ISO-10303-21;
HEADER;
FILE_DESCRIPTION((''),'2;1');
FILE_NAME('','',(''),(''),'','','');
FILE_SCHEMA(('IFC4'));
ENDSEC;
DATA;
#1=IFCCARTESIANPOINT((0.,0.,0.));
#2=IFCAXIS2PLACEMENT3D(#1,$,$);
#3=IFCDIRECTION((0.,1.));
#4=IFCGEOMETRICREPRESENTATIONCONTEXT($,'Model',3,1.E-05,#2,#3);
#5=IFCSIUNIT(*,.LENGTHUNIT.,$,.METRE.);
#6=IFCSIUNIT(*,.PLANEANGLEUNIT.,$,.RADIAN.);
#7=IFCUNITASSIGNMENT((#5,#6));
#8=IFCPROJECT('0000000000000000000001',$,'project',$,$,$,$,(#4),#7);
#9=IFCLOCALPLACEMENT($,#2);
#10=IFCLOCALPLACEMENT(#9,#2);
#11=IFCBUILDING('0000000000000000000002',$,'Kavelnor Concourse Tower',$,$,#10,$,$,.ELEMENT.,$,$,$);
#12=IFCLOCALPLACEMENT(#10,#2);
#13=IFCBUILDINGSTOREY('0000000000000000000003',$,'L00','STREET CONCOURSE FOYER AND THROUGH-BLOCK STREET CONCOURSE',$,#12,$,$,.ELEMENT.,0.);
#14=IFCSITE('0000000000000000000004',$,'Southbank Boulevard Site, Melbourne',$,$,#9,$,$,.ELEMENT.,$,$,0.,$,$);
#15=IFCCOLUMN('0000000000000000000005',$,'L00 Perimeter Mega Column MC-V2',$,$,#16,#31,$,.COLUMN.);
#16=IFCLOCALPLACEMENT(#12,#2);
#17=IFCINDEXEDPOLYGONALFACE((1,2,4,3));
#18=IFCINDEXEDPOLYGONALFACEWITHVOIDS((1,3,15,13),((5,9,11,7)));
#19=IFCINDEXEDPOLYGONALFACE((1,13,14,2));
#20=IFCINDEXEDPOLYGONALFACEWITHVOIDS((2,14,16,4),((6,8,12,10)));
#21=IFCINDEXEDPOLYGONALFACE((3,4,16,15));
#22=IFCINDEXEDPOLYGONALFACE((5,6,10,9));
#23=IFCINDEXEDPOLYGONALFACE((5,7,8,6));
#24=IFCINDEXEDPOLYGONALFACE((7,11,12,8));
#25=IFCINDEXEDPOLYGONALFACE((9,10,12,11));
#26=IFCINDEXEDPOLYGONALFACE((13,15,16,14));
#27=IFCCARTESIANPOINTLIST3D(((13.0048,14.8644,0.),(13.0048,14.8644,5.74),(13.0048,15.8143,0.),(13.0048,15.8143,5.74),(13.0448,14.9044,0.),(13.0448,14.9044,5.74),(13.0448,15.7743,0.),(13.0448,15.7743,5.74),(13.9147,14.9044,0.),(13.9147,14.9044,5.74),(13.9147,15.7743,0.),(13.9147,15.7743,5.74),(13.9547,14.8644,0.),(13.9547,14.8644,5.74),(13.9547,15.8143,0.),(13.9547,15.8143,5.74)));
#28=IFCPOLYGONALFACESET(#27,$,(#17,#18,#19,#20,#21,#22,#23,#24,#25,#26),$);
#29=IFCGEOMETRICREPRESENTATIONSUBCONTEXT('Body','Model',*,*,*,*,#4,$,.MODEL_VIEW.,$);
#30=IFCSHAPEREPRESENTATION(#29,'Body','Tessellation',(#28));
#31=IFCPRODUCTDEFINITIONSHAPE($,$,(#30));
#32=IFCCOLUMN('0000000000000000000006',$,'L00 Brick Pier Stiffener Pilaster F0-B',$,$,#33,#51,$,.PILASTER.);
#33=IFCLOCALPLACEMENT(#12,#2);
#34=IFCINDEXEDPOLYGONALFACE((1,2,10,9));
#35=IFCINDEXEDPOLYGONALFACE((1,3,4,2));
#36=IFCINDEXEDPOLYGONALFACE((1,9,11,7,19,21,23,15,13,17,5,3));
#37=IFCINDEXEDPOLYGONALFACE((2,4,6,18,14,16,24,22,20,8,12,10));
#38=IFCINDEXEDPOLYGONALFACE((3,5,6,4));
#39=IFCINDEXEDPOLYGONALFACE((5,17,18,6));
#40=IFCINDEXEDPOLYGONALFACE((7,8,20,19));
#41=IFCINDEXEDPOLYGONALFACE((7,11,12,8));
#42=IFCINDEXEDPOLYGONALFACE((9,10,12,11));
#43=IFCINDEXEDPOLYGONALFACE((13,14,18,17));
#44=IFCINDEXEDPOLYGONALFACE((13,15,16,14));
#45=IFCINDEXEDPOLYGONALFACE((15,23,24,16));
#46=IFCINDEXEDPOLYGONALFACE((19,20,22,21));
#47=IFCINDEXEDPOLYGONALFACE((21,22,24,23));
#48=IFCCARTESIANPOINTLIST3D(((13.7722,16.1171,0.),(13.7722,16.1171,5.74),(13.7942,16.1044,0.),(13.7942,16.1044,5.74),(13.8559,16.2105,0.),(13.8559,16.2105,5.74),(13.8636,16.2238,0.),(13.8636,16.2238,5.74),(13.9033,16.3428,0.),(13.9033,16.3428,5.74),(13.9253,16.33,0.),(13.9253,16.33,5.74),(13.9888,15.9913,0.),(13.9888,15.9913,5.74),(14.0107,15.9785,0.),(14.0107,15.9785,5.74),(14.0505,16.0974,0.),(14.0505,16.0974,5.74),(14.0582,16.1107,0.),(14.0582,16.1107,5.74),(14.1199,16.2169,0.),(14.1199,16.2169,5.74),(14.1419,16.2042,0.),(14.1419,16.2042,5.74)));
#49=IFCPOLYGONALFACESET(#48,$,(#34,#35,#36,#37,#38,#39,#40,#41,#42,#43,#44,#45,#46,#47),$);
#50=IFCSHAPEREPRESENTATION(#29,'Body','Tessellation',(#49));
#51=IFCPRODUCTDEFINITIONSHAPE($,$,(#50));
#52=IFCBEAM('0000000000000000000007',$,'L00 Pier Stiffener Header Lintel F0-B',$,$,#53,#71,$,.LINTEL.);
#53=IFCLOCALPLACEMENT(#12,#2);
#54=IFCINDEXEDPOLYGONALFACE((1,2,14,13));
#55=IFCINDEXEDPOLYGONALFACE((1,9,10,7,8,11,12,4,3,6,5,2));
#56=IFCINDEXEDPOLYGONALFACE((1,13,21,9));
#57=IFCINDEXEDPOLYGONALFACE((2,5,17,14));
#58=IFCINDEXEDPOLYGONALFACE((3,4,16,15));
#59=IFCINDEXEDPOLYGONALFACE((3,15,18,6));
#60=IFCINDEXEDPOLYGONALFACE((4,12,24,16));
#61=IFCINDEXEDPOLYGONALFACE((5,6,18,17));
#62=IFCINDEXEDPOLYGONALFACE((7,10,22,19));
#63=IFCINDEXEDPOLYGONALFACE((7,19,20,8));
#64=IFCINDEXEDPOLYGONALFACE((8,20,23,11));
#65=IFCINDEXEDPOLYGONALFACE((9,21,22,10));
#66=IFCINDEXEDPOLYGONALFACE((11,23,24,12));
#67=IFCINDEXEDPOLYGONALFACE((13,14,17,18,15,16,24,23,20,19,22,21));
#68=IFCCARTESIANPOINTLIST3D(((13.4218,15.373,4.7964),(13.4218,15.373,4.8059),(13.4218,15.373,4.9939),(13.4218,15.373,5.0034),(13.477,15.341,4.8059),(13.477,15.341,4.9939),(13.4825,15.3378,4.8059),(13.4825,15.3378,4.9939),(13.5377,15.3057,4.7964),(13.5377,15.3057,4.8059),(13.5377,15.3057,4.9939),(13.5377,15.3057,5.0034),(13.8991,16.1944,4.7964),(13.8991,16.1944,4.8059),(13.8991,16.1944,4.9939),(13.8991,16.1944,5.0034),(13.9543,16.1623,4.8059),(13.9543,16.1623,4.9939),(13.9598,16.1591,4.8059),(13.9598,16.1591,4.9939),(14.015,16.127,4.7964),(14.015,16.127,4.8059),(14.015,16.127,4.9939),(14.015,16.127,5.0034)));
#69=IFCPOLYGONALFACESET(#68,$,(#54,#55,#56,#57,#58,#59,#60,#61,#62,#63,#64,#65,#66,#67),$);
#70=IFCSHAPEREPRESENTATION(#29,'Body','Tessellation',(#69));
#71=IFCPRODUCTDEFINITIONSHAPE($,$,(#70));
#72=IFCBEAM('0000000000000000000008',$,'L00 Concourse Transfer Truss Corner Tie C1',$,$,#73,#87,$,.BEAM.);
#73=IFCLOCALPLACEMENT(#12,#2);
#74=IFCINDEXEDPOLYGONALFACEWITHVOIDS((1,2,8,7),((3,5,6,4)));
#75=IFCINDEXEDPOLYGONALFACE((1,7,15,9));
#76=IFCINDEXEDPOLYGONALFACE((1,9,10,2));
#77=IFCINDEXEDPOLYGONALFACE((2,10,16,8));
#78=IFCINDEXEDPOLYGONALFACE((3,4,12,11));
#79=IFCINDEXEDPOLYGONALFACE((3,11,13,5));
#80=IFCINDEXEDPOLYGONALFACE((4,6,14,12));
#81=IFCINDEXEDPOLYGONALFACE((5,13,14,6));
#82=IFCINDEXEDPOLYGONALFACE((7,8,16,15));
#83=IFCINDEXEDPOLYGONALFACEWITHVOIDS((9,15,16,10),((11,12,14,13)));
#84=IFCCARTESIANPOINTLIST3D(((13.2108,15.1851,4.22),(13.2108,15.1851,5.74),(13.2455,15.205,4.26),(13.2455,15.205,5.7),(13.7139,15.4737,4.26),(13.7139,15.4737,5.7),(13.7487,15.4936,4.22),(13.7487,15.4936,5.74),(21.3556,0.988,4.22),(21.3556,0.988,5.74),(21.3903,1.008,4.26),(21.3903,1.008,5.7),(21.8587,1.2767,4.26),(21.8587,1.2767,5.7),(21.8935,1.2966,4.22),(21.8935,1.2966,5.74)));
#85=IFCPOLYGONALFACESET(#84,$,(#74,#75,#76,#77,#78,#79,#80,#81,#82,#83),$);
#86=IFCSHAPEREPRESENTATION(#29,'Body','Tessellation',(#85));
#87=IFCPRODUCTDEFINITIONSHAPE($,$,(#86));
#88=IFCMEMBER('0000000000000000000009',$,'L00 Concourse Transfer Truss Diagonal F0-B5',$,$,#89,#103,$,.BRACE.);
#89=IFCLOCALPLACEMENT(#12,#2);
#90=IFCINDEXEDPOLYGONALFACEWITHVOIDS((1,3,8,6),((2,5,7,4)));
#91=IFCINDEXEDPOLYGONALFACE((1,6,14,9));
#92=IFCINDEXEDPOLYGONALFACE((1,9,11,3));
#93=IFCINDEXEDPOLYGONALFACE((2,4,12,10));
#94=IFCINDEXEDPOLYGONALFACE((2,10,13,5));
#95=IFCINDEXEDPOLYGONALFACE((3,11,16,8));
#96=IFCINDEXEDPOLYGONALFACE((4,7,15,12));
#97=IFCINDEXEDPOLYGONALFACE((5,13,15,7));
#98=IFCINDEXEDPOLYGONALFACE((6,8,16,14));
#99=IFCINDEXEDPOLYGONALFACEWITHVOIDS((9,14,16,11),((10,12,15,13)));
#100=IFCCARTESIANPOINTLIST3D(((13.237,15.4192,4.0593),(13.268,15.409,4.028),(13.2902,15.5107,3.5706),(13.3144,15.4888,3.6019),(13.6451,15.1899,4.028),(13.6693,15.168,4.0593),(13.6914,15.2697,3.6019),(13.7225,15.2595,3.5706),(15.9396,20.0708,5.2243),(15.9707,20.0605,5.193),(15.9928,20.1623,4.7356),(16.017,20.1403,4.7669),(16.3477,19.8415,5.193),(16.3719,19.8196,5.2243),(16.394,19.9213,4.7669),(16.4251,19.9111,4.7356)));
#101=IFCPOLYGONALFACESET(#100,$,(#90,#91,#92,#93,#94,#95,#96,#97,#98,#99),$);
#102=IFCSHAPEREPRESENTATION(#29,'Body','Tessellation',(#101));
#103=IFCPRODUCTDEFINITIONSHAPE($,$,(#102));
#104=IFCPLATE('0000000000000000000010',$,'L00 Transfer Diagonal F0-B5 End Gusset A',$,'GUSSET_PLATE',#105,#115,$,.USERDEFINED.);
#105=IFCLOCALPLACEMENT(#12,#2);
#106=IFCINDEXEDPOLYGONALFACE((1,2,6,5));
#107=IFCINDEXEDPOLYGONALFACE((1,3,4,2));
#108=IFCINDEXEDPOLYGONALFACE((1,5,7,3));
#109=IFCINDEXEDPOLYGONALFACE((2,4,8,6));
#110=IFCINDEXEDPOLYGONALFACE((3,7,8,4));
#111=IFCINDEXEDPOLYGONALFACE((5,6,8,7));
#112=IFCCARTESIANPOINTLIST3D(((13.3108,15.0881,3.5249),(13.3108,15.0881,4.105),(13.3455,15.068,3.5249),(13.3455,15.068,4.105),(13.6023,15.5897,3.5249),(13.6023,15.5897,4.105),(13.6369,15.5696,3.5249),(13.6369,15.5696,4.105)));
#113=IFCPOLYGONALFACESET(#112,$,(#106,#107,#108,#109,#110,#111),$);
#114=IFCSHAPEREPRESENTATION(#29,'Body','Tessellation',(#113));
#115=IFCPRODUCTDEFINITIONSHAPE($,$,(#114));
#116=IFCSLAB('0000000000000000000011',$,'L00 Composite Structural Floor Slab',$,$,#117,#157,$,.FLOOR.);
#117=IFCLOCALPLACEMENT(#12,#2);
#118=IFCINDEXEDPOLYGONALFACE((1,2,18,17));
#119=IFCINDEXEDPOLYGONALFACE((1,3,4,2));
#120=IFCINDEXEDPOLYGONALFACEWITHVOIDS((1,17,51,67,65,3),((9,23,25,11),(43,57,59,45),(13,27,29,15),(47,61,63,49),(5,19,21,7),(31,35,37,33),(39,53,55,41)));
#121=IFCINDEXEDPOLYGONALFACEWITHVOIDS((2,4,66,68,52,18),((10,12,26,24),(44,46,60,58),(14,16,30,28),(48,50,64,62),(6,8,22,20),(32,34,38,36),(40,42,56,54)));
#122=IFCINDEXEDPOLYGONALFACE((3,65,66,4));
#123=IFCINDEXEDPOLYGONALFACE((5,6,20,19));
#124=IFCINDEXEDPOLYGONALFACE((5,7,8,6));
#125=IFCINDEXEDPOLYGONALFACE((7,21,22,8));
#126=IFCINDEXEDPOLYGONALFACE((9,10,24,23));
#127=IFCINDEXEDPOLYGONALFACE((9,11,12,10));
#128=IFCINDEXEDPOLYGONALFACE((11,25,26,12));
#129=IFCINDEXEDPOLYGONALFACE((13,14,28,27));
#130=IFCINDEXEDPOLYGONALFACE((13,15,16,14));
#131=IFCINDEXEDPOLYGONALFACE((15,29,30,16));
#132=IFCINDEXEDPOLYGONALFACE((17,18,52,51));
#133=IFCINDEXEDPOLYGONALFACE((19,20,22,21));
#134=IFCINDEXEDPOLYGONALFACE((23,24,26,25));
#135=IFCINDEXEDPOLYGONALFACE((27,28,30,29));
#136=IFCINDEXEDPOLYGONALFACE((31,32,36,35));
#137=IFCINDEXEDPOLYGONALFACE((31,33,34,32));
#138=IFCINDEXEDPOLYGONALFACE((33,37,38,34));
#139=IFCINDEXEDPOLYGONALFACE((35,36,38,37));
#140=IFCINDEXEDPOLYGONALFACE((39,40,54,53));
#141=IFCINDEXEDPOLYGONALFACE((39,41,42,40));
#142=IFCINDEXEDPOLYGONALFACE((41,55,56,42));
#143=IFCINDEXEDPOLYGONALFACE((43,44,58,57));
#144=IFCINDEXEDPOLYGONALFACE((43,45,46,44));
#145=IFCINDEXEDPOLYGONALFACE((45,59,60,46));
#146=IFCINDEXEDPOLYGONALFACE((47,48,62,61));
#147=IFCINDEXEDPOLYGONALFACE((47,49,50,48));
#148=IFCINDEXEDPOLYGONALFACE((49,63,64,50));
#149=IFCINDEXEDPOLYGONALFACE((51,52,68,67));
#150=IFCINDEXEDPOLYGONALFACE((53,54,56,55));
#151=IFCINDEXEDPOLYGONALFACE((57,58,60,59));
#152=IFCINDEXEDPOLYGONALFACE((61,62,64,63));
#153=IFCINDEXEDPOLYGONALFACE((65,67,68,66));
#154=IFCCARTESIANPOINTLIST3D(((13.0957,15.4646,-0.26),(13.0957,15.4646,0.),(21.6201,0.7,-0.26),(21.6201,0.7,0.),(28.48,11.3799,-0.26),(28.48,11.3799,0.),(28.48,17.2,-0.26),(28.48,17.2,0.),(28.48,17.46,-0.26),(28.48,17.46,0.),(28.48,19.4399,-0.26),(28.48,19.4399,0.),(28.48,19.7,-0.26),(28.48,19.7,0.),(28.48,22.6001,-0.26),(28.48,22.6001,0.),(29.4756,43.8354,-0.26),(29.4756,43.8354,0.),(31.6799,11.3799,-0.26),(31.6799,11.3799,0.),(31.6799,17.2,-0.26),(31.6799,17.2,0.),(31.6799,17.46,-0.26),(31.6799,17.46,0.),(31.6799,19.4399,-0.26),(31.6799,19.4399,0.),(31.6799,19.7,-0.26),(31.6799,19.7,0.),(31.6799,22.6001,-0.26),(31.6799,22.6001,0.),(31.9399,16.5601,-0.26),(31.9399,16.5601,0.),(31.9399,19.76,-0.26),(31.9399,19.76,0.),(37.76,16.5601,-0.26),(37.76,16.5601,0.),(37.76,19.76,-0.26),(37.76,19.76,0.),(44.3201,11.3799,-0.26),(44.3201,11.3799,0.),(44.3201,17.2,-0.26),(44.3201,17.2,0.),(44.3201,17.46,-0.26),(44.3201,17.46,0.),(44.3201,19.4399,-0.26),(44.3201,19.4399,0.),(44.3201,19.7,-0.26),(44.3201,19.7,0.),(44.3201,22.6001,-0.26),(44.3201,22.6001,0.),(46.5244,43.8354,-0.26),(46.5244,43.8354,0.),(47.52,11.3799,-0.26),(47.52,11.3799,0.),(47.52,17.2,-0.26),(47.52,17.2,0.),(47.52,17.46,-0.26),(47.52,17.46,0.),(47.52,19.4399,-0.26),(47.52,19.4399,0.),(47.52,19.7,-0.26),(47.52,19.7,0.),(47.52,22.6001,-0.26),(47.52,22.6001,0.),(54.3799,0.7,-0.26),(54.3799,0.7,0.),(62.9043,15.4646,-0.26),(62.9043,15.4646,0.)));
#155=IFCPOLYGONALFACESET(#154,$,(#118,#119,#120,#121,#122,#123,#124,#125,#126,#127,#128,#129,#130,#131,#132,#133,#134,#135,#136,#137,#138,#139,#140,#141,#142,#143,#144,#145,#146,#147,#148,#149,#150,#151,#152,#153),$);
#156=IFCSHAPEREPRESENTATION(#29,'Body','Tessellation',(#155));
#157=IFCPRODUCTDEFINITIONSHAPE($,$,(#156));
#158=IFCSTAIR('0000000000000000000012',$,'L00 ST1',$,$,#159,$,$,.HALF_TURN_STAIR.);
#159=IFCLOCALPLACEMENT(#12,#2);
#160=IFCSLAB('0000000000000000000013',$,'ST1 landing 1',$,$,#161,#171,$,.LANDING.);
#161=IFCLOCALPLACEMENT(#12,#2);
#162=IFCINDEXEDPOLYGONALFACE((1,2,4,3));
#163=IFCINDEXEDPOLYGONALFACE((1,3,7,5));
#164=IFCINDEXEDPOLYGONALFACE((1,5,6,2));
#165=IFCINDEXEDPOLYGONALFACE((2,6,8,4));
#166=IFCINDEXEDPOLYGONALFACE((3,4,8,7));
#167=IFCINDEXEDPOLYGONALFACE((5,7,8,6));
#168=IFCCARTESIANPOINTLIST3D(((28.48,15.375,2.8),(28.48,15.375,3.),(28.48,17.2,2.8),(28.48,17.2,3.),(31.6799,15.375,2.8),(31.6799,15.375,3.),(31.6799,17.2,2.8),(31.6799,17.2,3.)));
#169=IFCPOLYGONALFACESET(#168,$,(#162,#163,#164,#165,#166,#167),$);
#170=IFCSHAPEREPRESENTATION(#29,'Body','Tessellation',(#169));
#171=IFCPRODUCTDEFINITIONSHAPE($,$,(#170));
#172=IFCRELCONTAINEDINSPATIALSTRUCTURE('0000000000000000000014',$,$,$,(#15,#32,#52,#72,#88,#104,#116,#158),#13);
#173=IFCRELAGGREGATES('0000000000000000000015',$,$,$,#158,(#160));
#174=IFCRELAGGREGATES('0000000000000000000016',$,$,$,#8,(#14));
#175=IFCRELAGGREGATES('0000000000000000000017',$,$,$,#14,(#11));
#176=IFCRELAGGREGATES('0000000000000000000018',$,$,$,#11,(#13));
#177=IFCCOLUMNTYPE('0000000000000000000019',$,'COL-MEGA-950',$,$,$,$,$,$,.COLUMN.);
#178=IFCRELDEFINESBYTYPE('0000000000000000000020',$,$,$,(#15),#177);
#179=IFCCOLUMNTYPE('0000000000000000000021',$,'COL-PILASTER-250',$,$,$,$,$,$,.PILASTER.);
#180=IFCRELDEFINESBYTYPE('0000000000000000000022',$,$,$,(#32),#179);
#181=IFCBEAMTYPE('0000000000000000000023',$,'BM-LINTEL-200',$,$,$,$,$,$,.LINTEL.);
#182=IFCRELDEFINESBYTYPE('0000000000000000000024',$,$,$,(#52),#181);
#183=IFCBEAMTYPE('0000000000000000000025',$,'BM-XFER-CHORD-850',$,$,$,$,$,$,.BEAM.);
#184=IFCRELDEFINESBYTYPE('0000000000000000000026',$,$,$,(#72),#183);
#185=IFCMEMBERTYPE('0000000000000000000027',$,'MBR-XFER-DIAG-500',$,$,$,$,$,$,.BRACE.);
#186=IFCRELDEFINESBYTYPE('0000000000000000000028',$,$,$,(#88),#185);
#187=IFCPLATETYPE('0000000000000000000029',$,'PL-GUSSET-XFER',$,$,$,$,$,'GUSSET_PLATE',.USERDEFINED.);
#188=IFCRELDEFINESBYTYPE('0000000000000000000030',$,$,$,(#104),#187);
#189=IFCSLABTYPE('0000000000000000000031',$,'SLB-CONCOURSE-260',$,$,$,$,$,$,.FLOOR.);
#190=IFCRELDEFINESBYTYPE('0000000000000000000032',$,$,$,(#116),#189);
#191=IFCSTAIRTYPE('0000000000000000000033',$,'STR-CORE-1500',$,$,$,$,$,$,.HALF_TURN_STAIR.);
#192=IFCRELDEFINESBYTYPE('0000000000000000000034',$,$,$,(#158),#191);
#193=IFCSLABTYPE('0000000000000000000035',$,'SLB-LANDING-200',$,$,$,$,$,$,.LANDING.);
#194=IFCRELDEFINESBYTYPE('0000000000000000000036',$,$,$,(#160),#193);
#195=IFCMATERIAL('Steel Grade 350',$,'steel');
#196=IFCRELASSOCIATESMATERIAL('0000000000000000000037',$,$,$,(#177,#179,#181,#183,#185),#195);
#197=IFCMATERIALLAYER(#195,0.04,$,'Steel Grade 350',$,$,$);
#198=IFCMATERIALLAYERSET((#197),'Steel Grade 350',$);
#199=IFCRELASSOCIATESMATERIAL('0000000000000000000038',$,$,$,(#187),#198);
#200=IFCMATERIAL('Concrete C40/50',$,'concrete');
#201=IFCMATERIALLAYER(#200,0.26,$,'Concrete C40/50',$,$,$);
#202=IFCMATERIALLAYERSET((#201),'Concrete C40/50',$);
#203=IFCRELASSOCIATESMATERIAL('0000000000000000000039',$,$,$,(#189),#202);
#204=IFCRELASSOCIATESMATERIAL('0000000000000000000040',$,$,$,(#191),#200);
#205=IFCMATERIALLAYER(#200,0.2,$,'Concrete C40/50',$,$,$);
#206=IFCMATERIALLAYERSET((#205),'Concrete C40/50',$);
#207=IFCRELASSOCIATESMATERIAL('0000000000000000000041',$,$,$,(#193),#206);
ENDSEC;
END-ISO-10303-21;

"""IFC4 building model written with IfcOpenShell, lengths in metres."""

from ifc_helpers import new_model, si_unit, direction, frame, origin, origin_2d, place, context, subcontext, project, spatial, polyline, rectangle, hollow_rectangle, i_section, outline, extrude, material, layer, layer_set, material_profile, profile_set, type_object, element, aggregate, save


model = new_model("IFC4")

# Units and contexts
model_context = context("Model", 3, precision=1e-05, world=origin(), true_north=direction((0.0, 1.0)))
body_context = subcontext(model_context, "Body", "Model", "MODEL_VIEW")
ifc_project = project(units=[si_unit("LENGTHUNIT", "METRE"), si_unit("PLANEANGLEUNIT", "RADIAN")], contexts=[model_context])

# Site, building, storey
site_placement = place(None, origin())
site = spatial("IfcSite", under=ifc_project, at=site_placement, Name="Southbank Boulevard Site, Melbourne", CompositionType="ELEMENT", RefElevation=0.0)
building_placement = place(site_placement, origin())
building = spatial("IfcBuilding", under=site, at=building_placement, Name="Kavelnor Concourse Tower", CompositionType="ELEMENT")
storey_placement = place(building_placement, origin())
storey = spatial("IfcBuildingStorey", under=building, at=storey_placement, Name="L00", Description="STREET CONCOURSE FOYER AND THROUGH-BLOCK STREET CONCOURSE", CompositionType="ELEMENT", Elevation=0.0)

# Columns
ifc_material_1 = material(Name="Steel Grade 350", Category="steel")
ifc_material_profile_1 = material_profile(ifc_material_1, hollow_rectangle(XDim=0.95, YDim=0.95, WallThickness=0.04, at=origin_2d()), Name="SHS 950x950x40")
ifc_profile_set_1 = profile_set([ifc_material_profile_1], Name="Steel Grade 350")
column_type_1 = type_object("IfcColumnType", Name="COL-MEGA-950", PredefinedType="COLUMN", material=ifc_profile_set_1)
column_1_placement = place(storey_placement, frame((13.4797, 15.3394, 0.0), z_axis=(0.0, 0.0, 1.0), x_axis=(1.0, 0.0, 0.0)))
element("IfcColumn", 1, at=column_1_placement, inside=storey, type_object=column_type_1, Name="L00 Perimeter Mega Column MC-V2", PredefinedType="COLUMN", context=body_context, shape_type="SweptSolid", body=[
    extrude(hollow_rectangle(XDim=0.95, YDim=0.95, WallThickness=0.04, at=origin_2d()), origin(), (0.0, 0.0, 1.0), 5.74),
])
ifc_material_profile_2 = material_profile(ifc_material_1, i_section(OverallWidth=0.261, OverallDepth=0.2759, WebThickness=0.0154, FlangeThickness=0.0254, at=origin_2d()), Name="UC 254x254x132")
ifc_profile_set_2 = profile_set([ifc_material_profile_2], Name="Steel Grade 350")
column_type_2 = type_object("IfcColumnType", Name="COL-PILASTER-250", PredefinedType="PILASTER", material=ifc_profile_set_2)
column_2_placement = place(storey_placement, frame((13.957, 16.1606, 0.0), z_axis=(0.0, 0.0, 1.0), x_axis=(-0.502416, -0.864626, 0.0)))
element("IfcColumn", 2, at=column_2_placement, inside=storey, type_object=column_type_2, Name="L00 Brick Pier Stiffener Pilaster F0-B", PredefinedType="PILASTER", context=body_context, shape_type="SweptSolid", body=[
    extrude(i_section(OverallWidth=0.261, OverallDepth=0.2759, WebThickness=0.0154, FlangeThickness=0.0254, at=origin_2d()), origin(), (0.0, 0.0, 1.0), 5.74),
])

# Beams
ifc_material_profile_3 = material_profile(ifc_material_1, i_section(OverallWidth=0.134, OverallDepth=0.207, WebThickness=0.0063, FlangeThickness=0.0095, at=origin_2d()), Name="200UB29")
ifc_profile_set_3 = profile_set([ifc_material_profile_3], Name="Steel Grade 350")
beam_type_1 = type_object("IfcBeamType", Name="BM-LINTEL-200", PredefinedType="LINTEL", material=ifc_profile_set_3)
beam_1_placement = place(storey_placement, frame((13.4797, 15.3394, 4.8999), z_axis=(0.502464, 0.864598, 0.0), x_axis=(-0.864598, 0.502464, 0.0)))
element("IfcBeam", 3, at=beam_1_placement, inside=storey, type_object=beam_type_1, Name="L00 Pier Stiffener Header Lintel F0-B", PredefinedType="LINTEL", context=body_context, shape_type="SweptSolid", body=[
    extrude(i_section(OverallWidth=0.134, OverallDepth=0.207, WebThickness=0.0063, FlangeThickness=0.0095, at=origin_2d()), origin(), (0.0, 0.0, 1.0), 0.95),
])
ifc_material_profile_4 = material_profile(ifc_material_1, hollow_rectangle(XDim=0.6201, YDim=1.52, WallThickness=0.04, at=origin_2d()), Name="RHS 1520x620x40")
ifc_profile_set_4 = profile_set([ifc_material_profile_4], Name="Steel Grade 350")
beam_type_2 = type_object("IfcBeamType", Name="BM-XFER-CHORD-850", PredefinedType="BEAM", material=ifc_profile_set_4)
beam_2_placement = place(storey_placement, frame((13.4797, 15.3394, 4.98), z_axis=(0.497621, -0.867395, 0.0), x_axis=(0.867395, 0.497621, 0.0)))
element("IfcBeam", 4, at=beam_2_placement, inside=storey, type_object=beam_type_2, Name="L00 Concourse Transfer Truss Corner Tie C1", PredefinedType="BEAM", context=body_context, shape_type="SweptSolid", body=[
    extrude(hollow_rectangle(XDim=0.6201, YDim=1.52, WallThickness=0.04, at=origin_2d()), origin(), (0.0, 0.0, 1.0), 16.3674),
])

# Member
ifc_material_profile_5 = material_profile(ifc_material_1, hollow_rectangle(XDim=0.5, YDim=0.5, WallThickness=0.032, at=origin_2d()), Name="SHS 500x500x32")
ifc_profile_set_5 = profile_set([ifc_material_profile_5], Name="Steel Grade 350")
member_type = type_object("IfcMemberType", Name="MBR-XFER-DIAG-500", PredefinedType="BRACE", material=ifc_profile_set_5)
member_placement = place(storey_placement, frame((13.4797, 15.3394, 3.8149), z_axis=(0.490991, 0.845063, 0.211654), x_axis=(-0.864652, 0.502372, 0.0)))
element("IfcMember", 5, at=member_placement, inside=storey, type_object=member_type, Name="L00 Concourse Transfer Truss Diagonal F0-B5", PredefinedType="BRACE", context=body_context, shape_type="SweptSolid", body=[
    extrude(hollow_rectangle(XDim=0.5, YDim=0.5, WallThickness=0.032, at=origin_2d()), origin(), (0.0, 0.0, 1.0), 5.5044),
])

# Plate
ifc_layer_1 = layer(ifc_material_1, 0.04, Name="Steel Grade 350")
ifc_layer_set_1 = layer_set([ifc_layer_1], Name="Steel Grade 350")
plate_type = type_object("IfcPlateType", Name="PL-GUSSET-XFER", ElementType="GUSSET_PLATE", PredefinedType="USERDEFINED", material=ifc_layer_set_1)
plate_placement = place(storey_placement, frame((13.4739, 15.3289, 3.5249), z_axis=(0.0, 0.0, 1.0), x_axis=(0.502416, 0.864626, 0.0)))
element("IfcPlate", 6, at=plate_placement, inside=storey, type_object=plate_type, Name="L00 Transfer Diagonal F0-B5 End Gusset A", ObjectType="GUSSET_PLATE", PredefinedType="USERDEFINED", context=body_context, shape_type="SweptSolid", body=[
    extrude(rectangle(XDim=0.5801, YDim=0.04, at=origin_2d()), origin(), (0.0, 0.0, 1.0), 0.5801),
])

# Slab
ifc_material_2 = material(Name="Concrete C40/50", Category="concrete")
ifc_layer_2 = layer(ifc_material_2, 0.26, Name="Concrete C40/50")
ifc_layer_set_2 = layer_set([ifc_layer_2], Name="Concrete C40/50")
slab_type_1 = type_object("IfcSlabType", Name="SLB-CONCOURSE-260", PredefinedType="FLOOR", material=ifc_layer_set_2)
slab_1_placement = place(storey_placement, frame((0.0, 0.0, -0.26)))
element("IfcSlab", 7, at=slab_1_placement, inside=storey, type_object=slab_type_1, Name="L00 Composite Structural Floor Slab", PredefinedType="FLOOR", context=body_context, shape_type="SweptSolid", body=[
    extrude(outline(polyline([(46.5244, 43.8354), (29.4756, 43.8354), (13.0957, 15.4646), (21.6201, 0.7), (54.3799, 0.7), (62.9043, 15.4646), (46.5244, 43.8354)]), holes=[polyline([(28.48, 11.3799), (31.6799, 11.3799), (31.6799, 17.2), (28.48, 17.2), (28.48, 11.3799)]), polyline([(44.3201, 11.3799), (47.52, 11.3799), (47.52, 17.2), (44.3201, 17.2), (44.3201, 11.3799)]), polyline([(31.9399, 16.5601), (37.76, 16.5601), (37.76, 19.76), (31.9399, 19.76), (31.9399, 16.5601)]), polyline([(28.48, 19.7), (31.6799, 19.7), (31.6799, 22.6001), (28.48, 22.6001), (28.48, 19.7)]), polyline([(44.3201, 19.7), (47.52, 19.7), (47.52, 22.6001), (44.3201, 22.6001), (44.3201, 19.7)]), polyline([(28.48, 17.46), (31.6799, 17.46), (31.6799, 19.4399), (28.48, 19.4399), (28.48, 17.46)]), polyline([(44.3201, 17.46), (47.52, 17.46), (47.52, 19.4399), (44.3201, 19.4399), (44.3201, 17.46)])]), origin(), (0.0, 0.0, 1.0), 0.26),
])

# Stair, slab
stair_type = type_object("IfcStairType", Name="STR-CORE-1500", PredefinedType="HALF_TURN_STAIR", material=ifc_material_2)
stair_1_placement = place(storey_placement, origin())
stair_1 = element("IfcStair", 8, at=stair_1_placement, inside=storey, type_object=stair_type, Name="L00 ST1", PredefinedType="HALF_TURN_STAIR")
ifc_layer_3 = layer(ifc_material_2, 0.2, Name="Concrete C40/50")
ifc_layer_set_3 = layer_set([ifc_layer_3], Name="Concrete C40/50")
slab_type_2 = type_object("IfcSlabType", Name="SLB-LANDING-200", PredefinedType="LANDING", material=ifc_layer_set_3)
slab_2_placement = place(storey_placement, frame((0.0, 0.0, 2.8)))
slab_2 = element("IfcSlab", 9, at=slab_2_placement, type_object=slab_type_2, Name="ST1 landing 1", PredefinedType="LANDING", context=body_context, shape_type="SweptSolid", body=[
    extrude(outline(polyline([(31.6799, 15.375), (31.6799, 17.2), (28.48, 17.2), (28.48, 15.375), (31.6799, 15.375)])), origin(), (0.0, 0.0, 1.0), 0.2),
])
aggregate(stair_1, [slab_2])

save(model, "model.ifc")
